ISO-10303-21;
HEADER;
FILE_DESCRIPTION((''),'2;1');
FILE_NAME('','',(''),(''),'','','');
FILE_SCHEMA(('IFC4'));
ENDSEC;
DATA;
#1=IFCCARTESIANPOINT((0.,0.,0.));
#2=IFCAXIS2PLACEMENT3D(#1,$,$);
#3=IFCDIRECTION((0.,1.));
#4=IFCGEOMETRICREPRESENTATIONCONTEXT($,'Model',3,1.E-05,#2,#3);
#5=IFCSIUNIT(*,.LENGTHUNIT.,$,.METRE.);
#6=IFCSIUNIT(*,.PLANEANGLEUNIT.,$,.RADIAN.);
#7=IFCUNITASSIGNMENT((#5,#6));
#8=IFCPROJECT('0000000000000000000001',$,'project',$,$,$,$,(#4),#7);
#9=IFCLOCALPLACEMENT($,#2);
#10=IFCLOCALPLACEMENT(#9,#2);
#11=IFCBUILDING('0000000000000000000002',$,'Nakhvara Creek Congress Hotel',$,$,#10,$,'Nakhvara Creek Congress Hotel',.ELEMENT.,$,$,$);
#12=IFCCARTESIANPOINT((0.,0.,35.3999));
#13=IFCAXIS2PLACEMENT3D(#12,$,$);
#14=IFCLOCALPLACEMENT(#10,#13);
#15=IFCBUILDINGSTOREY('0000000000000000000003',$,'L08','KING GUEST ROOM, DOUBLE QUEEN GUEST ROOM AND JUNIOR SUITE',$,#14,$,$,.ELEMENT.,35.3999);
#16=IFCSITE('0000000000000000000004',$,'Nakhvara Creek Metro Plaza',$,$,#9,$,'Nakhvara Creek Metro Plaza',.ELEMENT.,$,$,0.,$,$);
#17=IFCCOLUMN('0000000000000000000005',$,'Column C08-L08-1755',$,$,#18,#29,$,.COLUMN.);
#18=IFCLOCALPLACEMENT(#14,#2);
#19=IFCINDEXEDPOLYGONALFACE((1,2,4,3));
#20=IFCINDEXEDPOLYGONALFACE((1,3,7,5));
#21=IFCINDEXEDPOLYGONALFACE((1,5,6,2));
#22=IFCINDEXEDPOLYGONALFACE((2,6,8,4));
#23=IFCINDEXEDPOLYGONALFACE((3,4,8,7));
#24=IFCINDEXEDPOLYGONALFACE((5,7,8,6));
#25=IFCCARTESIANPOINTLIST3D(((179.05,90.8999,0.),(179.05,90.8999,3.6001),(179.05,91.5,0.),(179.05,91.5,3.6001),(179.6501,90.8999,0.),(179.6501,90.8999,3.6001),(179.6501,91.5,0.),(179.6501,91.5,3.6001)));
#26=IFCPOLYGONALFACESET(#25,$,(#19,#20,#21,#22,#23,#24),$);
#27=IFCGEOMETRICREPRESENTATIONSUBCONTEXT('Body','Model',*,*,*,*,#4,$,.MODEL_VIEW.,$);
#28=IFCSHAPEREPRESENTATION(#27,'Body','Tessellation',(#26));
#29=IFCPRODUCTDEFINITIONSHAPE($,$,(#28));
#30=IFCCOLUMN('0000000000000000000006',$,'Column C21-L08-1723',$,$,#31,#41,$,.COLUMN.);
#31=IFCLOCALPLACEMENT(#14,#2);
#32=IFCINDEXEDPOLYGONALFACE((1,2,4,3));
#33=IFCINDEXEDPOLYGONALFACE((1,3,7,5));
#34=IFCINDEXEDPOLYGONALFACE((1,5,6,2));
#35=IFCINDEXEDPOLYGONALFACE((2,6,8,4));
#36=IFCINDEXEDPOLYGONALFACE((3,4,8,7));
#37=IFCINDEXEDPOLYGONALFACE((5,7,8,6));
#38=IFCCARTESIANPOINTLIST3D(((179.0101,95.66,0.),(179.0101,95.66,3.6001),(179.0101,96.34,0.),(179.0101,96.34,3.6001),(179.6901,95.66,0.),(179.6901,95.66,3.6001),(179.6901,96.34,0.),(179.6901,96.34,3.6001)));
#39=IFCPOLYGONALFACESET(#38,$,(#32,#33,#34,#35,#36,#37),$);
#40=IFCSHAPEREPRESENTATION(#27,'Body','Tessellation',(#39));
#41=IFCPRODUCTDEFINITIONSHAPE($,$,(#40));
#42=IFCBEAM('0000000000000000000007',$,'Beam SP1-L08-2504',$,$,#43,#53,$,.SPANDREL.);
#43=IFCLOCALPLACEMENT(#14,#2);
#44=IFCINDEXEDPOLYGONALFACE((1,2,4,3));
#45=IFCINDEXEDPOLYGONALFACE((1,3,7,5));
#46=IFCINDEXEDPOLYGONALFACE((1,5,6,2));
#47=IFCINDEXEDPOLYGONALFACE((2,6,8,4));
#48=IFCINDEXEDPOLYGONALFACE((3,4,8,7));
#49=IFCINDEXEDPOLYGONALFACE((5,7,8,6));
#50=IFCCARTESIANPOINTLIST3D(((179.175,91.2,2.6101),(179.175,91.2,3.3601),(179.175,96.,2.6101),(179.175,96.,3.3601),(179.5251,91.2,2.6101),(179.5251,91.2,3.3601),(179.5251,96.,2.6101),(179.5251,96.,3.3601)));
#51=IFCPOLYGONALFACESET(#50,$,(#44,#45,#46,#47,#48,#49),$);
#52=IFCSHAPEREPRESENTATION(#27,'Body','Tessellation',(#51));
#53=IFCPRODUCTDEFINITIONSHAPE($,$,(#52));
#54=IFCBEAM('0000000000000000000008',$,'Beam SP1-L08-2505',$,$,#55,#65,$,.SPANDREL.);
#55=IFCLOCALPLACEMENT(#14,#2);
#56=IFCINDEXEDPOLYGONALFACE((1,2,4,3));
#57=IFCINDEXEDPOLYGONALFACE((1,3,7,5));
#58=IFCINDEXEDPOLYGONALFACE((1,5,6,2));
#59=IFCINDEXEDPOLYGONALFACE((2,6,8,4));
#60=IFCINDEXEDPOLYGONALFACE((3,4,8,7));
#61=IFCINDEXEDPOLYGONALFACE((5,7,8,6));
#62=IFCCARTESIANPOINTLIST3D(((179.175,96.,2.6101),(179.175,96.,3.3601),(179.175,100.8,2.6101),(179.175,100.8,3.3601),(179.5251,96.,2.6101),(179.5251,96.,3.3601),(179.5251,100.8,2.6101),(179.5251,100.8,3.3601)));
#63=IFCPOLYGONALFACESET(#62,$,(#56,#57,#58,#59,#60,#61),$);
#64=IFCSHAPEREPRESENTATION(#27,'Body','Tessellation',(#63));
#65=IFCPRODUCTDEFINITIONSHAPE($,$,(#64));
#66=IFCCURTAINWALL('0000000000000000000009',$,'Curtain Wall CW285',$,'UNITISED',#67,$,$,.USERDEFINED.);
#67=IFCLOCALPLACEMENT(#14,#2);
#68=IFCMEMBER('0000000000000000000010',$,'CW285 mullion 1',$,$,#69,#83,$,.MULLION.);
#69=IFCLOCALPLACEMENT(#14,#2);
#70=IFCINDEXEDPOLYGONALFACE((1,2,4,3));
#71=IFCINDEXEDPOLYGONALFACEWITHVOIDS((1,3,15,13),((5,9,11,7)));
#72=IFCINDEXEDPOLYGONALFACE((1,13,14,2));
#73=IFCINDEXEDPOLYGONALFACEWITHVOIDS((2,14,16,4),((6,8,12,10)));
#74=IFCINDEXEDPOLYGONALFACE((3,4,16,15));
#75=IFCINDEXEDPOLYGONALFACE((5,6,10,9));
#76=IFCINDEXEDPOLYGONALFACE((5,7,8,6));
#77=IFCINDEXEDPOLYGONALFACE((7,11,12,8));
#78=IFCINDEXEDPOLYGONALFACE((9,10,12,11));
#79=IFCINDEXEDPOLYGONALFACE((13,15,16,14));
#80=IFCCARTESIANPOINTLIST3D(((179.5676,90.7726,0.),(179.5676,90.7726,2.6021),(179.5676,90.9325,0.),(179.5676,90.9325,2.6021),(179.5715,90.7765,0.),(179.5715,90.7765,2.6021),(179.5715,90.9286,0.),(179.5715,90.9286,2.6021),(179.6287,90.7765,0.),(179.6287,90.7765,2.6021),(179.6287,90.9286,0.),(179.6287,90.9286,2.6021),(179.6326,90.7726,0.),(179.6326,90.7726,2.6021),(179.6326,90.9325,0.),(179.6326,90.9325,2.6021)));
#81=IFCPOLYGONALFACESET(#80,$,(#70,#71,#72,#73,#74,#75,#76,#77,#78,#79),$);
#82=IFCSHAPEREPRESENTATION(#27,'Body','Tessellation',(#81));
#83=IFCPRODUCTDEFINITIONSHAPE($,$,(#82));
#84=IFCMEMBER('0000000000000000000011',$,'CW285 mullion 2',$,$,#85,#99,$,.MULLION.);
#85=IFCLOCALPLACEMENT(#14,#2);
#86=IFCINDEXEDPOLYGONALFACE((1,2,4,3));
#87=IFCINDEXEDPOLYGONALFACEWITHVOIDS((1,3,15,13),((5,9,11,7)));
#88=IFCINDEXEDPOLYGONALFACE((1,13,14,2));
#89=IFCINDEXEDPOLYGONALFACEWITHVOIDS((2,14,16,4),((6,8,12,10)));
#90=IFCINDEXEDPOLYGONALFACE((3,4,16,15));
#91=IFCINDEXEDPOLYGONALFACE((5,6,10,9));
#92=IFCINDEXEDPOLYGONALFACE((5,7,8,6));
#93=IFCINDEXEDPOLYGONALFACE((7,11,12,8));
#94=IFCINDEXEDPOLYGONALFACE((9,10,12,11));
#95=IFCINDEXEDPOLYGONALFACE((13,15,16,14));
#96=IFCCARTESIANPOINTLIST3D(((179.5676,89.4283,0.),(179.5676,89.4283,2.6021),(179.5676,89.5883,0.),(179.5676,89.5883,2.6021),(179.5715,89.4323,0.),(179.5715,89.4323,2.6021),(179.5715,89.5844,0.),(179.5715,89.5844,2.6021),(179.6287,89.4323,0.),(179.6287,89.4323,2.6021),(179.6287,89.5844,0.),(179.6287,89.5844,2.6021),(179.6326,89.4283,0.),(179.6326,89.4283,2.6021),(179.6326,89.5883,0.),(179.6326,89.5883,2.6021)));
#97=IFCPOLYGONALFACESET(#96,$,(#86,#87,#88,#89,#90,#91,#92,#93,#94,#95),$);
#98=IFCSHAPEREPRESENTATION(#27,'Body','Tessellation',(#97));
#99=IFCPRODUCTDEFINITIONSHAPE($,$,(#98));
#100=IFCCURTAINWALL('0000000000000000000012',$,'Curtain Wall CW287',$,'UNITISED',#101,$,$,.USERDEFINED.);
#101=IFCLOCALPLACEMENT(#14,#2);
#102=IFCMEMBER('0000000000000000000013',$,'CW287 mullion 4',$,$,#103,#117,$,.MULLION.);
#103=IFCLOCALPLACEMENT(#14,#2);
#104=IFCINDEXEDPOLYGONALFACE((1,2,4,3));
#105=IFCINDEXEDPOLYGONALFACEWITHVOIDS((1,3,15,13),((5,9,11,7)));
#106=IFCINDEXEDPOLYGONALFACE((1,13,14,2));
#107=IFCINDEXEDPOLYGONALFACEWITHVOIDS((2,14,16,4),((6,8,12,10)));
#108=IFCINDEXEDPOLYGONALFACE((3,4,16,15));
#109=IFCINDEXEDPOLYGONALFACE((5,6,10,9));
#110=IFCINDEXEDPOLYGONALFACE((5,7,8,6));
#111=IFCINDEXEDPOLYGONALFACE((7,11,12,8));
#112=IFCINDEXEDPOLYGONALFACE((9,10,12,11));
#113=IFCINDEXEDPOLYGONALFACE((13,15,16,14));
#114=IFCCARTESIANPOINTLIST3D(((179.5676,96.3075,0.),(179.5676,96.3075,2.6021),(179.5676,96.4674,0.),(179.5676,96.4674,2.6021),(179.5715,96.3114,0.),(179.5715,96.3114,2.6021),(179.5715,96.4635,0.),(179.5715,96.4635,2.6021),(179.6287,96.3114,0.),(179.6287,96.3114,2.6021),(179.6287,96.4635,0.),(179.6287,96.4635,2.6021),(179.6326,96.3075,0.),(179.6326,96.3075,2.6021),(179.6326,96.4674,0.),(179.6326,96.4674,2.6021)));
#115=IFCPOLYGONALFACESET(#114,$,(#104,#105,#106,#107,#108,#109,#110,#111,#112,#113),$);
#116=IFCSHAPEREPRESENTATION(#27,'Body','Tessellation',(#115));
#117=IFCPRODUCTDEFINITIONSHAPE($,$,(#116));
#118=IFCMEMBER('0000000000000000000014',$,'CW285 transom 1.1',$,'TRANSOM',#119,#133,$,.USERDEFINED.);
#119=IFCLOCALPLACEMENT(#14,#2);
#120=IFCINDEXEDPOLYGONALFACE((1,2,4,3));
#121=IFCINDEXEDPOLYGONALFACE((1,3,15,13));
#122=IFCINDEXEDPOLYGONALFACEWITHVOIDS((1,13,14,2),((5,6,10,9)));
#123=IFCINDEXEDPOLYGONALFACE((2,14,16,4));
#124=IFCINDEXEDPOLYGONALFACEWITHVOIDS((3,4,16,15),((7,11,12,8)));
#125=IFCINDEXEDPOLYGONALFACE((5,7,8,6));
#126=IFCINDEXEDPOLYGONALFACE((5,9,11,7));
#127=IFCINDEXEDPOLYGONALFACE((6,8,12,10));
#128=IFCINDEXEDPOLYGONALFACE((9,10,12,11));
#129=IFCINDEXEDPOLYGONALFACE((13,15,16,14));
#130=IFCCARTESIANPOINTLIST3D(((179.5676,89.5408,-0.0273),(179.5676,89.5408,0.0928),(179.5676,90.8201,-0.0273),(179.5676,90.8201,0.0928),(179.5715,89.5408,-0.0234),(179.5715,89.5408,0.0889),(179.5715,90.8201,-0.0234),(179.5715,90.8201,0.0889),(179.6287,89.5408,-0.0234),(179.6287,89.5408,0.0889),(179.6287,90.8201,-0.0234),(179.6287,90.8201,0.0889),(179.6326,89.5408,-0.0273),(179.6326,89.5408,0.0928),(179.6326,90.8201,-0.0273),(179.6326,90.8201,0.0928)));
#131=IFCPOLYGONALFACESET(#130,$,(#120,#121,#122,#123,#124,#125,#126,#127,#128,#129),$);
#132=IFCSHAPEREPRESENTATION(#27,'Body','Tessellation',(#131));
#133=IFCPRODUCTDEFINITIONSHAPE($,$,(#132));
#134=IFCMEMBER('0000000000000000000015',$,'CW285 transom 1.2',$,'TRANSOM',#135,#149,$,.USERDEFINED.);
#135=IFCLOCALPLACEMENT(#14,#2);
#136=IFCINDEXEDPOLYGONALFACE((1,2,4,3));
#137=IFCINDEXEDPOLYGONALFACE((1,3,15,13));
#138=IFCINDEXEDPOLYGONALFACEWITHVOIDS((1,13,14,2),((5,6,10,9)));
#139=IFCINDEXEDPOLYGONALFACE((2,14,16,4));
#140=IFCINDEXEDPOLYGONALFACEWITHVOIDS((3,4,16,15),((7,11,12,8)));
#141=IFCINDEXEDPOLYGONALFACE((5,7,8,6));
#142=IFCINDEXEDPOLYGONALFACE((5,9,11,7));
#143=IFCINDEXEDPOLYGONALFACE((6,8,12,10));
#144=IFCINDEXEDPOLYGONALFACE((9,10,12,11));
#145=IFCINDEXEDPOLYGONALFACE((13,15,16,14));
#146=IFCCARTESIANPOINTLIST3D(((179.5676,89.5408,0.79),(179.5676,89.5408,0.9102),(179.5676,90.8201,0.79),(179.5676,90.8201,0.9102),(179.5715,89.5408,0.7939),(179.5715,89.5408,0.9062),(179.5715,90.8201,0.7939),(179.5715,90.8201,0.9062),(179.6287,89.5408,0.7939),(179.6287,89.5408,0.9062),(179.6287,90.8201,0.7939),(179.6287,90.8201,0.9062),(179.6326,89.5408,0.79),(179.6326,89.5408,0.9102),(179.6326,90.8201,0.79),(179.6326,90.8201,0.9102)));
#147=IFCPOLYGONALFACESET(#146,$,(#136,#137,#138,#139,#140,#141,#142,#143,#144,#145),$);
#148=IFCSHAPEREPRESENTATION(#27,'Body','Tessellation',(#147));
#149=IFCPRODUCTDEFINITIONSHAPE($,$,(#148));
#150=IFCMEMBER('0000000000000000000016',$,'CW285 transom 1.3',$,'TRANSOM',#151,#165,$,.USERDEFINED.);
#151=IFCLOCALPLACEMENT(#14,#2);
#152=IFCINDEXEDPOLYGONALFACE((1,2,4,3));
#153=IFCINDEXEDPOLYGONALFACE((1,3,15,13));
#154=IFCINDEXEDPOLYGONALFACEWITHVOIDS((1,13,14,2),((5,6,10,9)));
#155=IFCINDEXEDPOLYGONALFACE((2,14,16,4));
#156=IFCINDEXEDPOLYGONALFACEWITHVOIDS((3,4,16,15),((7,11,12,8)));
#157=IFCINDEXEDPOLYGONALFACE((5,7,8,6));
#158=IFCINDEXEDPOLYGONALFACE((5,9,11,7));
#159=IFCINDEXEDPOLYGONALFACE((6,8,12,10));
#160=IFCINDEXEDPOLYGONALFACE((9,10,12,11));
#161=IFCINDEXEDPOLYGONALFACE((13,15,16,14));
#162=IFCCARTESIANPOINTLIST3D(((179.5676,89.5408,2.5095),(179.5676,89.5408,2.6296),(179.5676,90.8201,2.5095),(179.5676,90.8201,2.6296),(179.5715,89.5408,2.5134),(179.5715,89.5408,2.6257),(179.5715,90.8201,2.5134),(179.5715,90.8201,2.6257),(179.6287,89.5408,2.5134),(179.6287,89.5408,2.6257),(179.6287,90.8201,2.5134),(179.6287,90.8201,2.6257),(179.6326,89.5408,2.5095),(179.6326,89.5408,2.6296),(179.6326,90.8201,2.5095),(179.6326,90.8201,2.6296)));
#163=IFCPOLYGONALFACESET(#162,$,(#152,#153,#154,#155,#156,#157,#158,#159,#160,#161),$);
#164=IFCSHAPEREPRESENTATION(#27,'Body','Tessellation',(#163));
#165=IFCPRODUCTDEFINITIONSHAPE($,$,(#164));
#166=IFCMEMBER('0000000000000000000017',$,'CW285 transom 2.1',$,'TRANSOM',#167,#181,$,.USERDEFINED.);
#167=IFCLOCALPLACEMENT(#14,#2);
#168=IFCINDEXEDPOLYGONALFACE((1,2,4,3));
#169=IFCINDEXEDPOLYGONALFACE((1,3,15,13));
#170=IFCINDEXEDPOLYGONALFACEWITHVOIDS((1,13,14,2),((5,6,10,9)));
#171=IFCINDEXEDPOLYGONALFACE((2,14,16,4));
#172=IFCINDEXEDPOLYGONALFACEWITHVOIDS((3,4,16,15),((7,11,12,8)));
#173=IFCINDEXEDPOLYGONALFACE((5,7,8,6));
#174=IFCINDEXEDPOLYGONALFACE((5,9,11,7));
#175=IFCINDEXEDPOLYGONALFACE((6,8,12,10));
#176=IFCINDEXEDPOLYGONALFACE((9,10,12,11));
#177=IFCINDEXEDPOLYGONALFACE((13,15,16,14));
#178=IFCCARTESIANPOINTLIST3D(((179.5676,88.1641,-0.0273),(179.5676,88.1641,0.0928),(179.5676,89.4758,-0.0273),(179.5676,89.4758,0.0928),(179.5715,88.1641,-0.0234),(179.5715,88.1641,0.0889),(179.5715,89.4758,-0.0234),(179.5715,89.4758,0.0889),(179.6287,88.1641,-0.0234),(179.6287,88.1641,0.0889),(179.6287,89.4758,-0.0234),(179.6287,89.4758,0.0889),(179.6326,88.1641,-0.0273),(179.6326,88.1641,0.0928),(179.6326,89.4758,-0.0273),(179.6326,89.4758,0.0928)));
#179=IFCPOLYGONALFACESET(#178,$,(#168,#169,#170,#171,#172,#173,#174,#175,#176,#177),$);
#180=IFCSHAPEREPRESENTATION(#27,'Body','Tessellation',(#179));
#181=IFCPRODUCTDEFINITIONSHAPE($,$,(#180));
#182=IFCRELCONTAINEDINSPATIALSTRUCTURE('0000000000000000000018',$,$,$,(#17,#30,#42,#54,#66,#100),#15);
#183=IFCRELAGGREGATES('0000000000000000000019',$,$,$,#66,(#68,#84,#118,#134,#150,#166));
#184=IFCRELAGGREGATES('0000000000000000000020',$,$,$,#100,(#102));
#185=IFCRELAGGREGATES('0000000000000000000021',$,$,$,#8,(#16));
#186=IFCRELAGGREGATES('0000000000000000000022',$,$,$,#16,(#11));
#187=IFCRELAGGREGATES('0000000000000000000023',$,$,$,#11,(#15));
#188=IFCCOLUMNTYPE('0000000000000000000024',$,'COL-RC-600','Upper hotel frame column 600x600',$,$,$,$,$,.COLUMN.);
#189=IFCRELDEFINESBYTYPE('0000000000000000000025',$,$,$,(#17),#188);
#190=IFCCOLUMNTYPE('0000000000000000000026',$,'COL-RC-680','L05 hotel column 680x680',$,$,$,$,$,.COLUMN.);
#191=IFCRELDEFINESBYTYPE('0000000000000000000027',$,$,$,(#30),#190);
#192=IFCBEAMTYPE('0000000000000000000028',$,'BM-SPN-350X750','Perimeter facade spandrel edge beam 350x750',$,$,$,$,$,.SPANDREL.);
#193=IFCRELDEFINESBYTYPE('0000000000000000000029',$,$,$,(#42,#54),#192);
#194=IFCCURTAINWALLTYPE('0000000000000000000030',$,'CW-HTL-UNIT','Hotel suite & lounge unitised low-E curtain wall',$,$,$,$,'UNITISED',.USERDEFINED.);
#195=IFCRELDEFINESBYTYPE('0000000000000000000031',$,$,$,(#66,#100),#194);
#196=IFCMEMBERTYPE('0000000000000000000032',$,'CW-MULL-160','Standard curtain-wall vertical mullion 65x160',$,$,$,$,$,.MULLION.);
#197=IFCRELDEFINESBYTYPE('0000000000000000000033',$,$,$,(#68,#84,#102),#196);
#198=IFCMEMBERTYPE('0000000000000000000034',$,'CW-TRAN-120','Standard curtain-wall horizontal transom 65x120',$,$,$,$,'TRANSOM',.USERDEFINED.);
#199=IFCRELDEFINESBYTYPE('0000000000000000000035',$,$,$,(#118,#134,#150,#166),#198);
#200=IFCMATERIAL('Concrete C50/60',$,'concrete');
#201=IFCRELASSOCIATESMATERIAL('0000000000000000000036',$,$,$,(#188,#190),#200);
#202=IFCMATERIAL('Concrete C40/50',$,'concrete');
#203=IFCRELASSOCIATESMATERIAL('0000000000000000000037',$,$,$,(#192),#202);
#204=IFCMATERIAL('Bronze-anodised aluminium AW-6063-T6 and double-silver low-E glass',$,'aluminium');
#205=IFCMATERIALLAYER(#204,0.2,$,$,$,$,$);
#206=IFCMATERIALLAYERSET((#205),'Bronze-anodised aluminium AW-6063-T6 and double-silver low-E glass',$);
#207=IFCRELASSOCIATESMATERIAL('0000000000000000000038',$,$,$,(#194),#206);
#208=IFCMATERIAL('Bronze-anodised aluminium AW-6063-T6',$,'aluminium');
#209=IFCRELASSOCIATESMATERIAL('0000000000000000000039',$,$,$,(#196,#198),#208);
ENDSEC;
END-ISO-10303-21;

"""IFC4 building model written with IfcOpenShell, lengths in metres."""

from ifc_helpers import new_model, si_unit, direction, frame, origin, origin_2d, place, context, subcontext, project, spatial, rectangle, hollow_rectangle, extrude, material, layer, layer_set, material_profile, profile_set, type_object, element, aggregate, save


model = new_model("IFC4")

# Units and contexts
model_context = context("Model", 3, precision=1e-05, world=origin(), true_north=direction((0.0, 1.0)))
body_context = subcontext(model_context, "Body", "Model", "MODEL_VIEW")
ifc_project = project(units=[si_unit("LENGTHUNIT", "METRE"), si_unit("PLANEANGLEUNIT", "RADIAN")], contexts=[model_context])

# Site, building, storey
site_placement = place(None, origin())
site = spatial("IfcSite", under=ifc_project, at=site_placement, Name="Nakhvara Creek Metro Plaza", LongName="Nakhvara Creek Metro Plaza", CompositionType="ELEMENT", RefElevation=0.0)
building_placement = place(site_placement, origin())
building = spatial("IfcBuilding", under=site, at=building_placement, Name="Nakhvara Creek Congress Hotel", LongName="Nakhvara Creek Congress Hotel", CompositionType="ELEMENT")
storey_placement = place(building_placement, frame((0.0, 0.0, 35.3999)))
storey = spatial("IfcBuildingStorey", under=building, at=storey_placement, Name="L08", Description="KING GUEST ROOM, DOUBLE QUEEN GUEST ROOM AND JUNIOR SUITE", CompositionType="ELEMENT", Elevation=35.3999)

# Columns
ifc_material_1 = material(Name="Concrete C50/60", Category="concrete")
ifc_material_profile_1 = material_profile(ifc_material_1, rectangle(XDim=0.6001, YDim=0.6001, at=origin_2d()), Name="RC-COL 600x600", Category="LoadBearing")
ifc_profile_set_1 = profile_set([ifc_material_profile_1], Name="Concrete C50/60")
column_type_1 = type_object("IfcColumnType", Name="COL-RC-600", Description="Upper hotel frame column 600x600", PredefinedType="COLUMN", material=ifc_profile_set_1)
column_1_placement = place(storey_placement, frame((179.3501, 91.2, 0.0), z_axis=(0.0, 0.0, 1.0), x_axis=(1.0, 0.0, 0.0)))
element("IfcColumn", 1, at=column_1_placement, inside=storey, type_object=column_type_1, Name="Column C08-L08-1755", PredefinedType="COLUMN", context=body_context, shape_type="SweptSolid", body=[
    extrude(rectangle(XDim=0.6001, YDim=0.6001, at=origin_2d()), origin(), (0.0, 0.0, 1.0), 3.6001),
])
ifc_material_profile_2 = material_profile(ifc_material_1, rectangle(XDim=0.6799, YDim=0.6799, at=origin_2d()), Name="RC-COL 680x680", Category="LoadBearing")
ifc_profile_set_2 = profile_set([ifc_material_profile_2], Name="Concrete C50/60")
column_type_2 = type_object("IfcColumnType", Name="COL-RC-680", Description="L05 hotel column 680x680", PredefinedType="COLUMN", material=ifc_profile_set_2)
column_2_placement = place(storey_placement, frame((179.3501, 96.0, 0.0), z_axis=(0.0, 0.0, 1.0), x_axis=(1.0, 0.0, 0.0)))
element("IfcColumn", 2, at=column_2_placement, inside=storey, type_object=column_type_2, Name="Column C21-L08-1723", PredefinedType="COLUMN", context=body_context, shape_type="SweptSolid", body=[
    extrude(rectangle(XDim=0.6799, YDim=0.6799, at=origin_2d()), origin(), (0.0, 0.0, 1.0), 3.6001),
])

# Beams
ifc_material_2 = material(Name="Concrete C40/50", Category="concrete")
ifc_material_profile_3 = material_profile(ifc_material_2, rectangle(XDim=0.3501, YDim=0.75, at=origin_2d()), Name="RC-SPANDREL 350x750", Category="LoadBearing")
ifc_profile_set_3 = profile_set([ifc_material_profile_3], Name="Concrete C40/50")
beam_type = type_object("IfcBeamType", Name="BM-SPN-350X750", Description="Perimeter facade spandrel edge beam 350x750", PredefinedType="SPANDREL", material=ifc_profile_set_3)
for number, where, z_axis, x_axis, name in (
    (3, (179.3501, 91.2, 2.9851), (0.0, 1.0, 0.0), (-1.0, 0.0, 0.0), "Beam SP1-L08-2504"),
    (4, (179.3501, 96.0, 2.9851), (0.0, 1.0, 0.0), (-1.0, 0.0, 0.0), "Beam SP1-L08-2505"),
):
    element("IfcBeam", number, at=place(storey_placement, frame(where, z_axis=z_axis, x_axis=x_axis)), inside=storey, type_object=beam_type, Name=name, PredefinedType="SPANDREL", context=body_context, shape_type="SweptSolid", body=[
        extrude(rectangle(XDim=0.3501, YDim=0.75, at=origin_2d()), origin(), (0.0, 0.0, 1.0), 4.8),
    ])

# Curtain wall, members
ifc_material_3 = material(Name="Bronze-anodised aluminium AW-6063-T6 and double-silver low-E glass", Category="aluminium")
ifc_layer_1 = layer(ifc_material_3, 0.2)
ifc_layer_set_1 = layer_set([ifc_layer_1], Name="Bronze-anodised aluminium AW-6063-T6 and double-silver low-E glass")
curtain_wall_type = type_object("IfcCurtainWallType", Name="CW-HTL-UNIT", Description="Hotel suite & lounge unitised low-E curtain wall", ElementType="UNITISED", PredefinedType="USERDEFINED", material=ifc_layer_set_1)
curtain_wall_1_placement = place(storey_placement, origin())
curtain_wall_1 = element("IfcCurtainWall", 5, at=curtain_wall_1_placement, inside=storey, type_object=curtain_wall_type, Name="Curtain Wall CW285", ObjectType="UNITISED", PredefinedType="USERDEFINED")
ifc_material_4 = material(Name="Bronze-anodised aluminium AW-6063-T6", Category="aluminium")
ifc_material_profile_4 = material_profile(ifc_material_4, hollow_rectangle(XDim=0.0649, YDim=0.1599, WallThickness=0.0039, at=origin_2d()), Name="ALU-MULL 65x160x4", Category="LoadBearing")
ifc_profile_set_4 = profile_set([ifc_material_profile_4], Name="Bronze-anodised aluminium AW-6063-T6")
member_type_1 = type_object("IfcMemberType", Name="CW-MULL-160", Description="Standard curtain-wall vertical mullion 65x160", PredefinedType="MULLION", material=ifc_profile_set_4)
member_1_placement = place(storey_placement, frame((179.6001, 90.8525, 0.0), z_axis=(0.0, 0.0, 1.0), x_axis=(1.0, 0.0, 0.0)))
member_1 = element("IfcMember", 6, at=member_1_placement, type_object=member_type_1, Name="CW285 mullion 1", PredefinedType="MULLION", context=body_context, shape_type="SweptSolid", body=[
    extrude(hollow_rectangle(XDim=0.0649, YDim=0.1599, WallThickness=0.0039, at=origin_2d()), origin(), (0.0, 0.0, 1.0), 2.6021),
])
member_2_placement = place(storey_placement, frame((179.6001, 89.5083, 0.0), z_axis=(0.0, 0.0, 1.0), x_axis=(1.0, 0.0, 0.0)))
member_2 = element("IfcMember", 7, at=member_2_placement, type_object=member_type_1, Name="CW285 mullion 2", PredefinedType="MULLION", context=body_context, shape_type="SweptSolid", body=[
    extrude(hollow_rectangle(XDim=0.0649, YDim=0.1599, WallThickness=0.0039, at=origin_2d()), origin(), (0.0, 0.0, 1.0), 2.6021),
])

# Curtain wall, member
curtain_wall_2_placement = place(storey_placement, origin())
curtain_wall_2 = element("IfcCurtainWall", 8, at=curtain_wall_2_placement, inside=storey, type_object=curtain_wall_type, Name="Curtain Wall CW287", ObjectType="UNITISED", PredefinedType="USERDEFINED")
member_3_placement = place(storey_placement, frame((179.6001, 96.3875, 0.0), z_axis=(0.0, 0.0, 1.0), x_axis=(1.0, 0.0, 0.0)))
member_3 = element("IfcMember", 9, at=member_3_placement, type_object=member_type_1, Name="CW287 mullion 4", PredefinedType="MULLION", context=body_context, shape_type="SweptSolid", body=[
    extrude(hollow_rectangle(XDim=0.0649, YDim=0.1599, WallThickness=0.0039, at=origin_2d()), origin(), (0.0, 0.0, 1.0), 2.6021),
])

# Members
ifc_material_profile_5 = material_profile(ifc_material_4, hollow_rectangle(XDim=0.0649, YDim=0.1201, WallThickness=0.0039, at=origin_2d()), Name="ALU-TRAN 65x120x4", Category="LoadBearing")
ifc_profile_set_5 = profile_set([ifc_material_profile_5], Name="Bronze-anodised aluminium AW-6063-T6")
member_type_2 = type_object("IfcMemberType", Name="CW-TRAN-120", Description="Standard curtain-wall horizontal transom 65x120", ElementType="TRANSOM", PredefinedType="USERDEFINED", material=ifc_profile_set_5)
member_4_placement = place(storey_placement, frame((179.6001, 90.8201, 0.0327), z_axis=(0.0, -1.0, 0.0), x_axis=(1.0, 0.0, 0.0)))
member_4 = element("IfcMember", 10, at=member_4_placement, type_object=member_type_2, Name="CW285 transom 1.1", ObjectType="TRANSOM", PredefinedType="USERDEFINED", context=body_context, shape_type="SweptSolid", body=[
    extrude(hollow_rectangle(XDim=0.0649, YDim=0.1201, WallThickness=0.0039, at=origin_2d()), origin(), (0.0, 0.0, 1.0), 1.2793),
])
member_5_placement = place(storey_placement, frame((179.6001, 90.8201, 0.8501), z_axis=(0.0, -1.0, 0.0), x_axis=(1.0, 0.0, 0.0)))
member_5 = element("IfcMember", 11, at=member_5_placement, type_object=member_type_2, Name="CW285 transom 1.2", ObjectType="TRANSOM", PredefinedType="USERDEFINED", context=body_context, shape_type="SweptSolid", body=[
    extrude(hollow_rectangle(XDim=0.0649, YDim=0.1201, WallThickness=0.0039, at=origin_2d()), origin(), (0.0, 0.0, 1.0), 1.2793),
])
member_6_placement = place(storey_placement, frame((179.6001, 90.8201, 2.5696), z_axis=(0.0, -1.0, 0.0), x_axis=(1.0, 0.0, 0.0)))
member_6 = element("IfcMember", 12, at=member_6_placement, type_object=member_type_2, Name="CW285 transom 1.3", ObjectType="TRANSOM", PredefinedType="USERDEFINED", context=body_context, shape_type="SweptSolid", body=[
    extrude(hollow_rectangle(XDim=0.0649, YDim=0.1201, WallThickness=0.0039, at=origin_2d()), origin(), (0.0, 0.0, 1.0), 1.2793),
])
member_7_placement = place(storey_placement, frame((179.6001, 89.4758, 0.0327), z_axis=(0.0, -1.0, 0.0), x_axis=(1.0, 0.0, 0.0)))
member_7 = element("IfcMember", 13, at=member_7_placement, type_object=member_type_2, Name="CW285 transom 2.1", ObjectType="TRANSOM", PredefinedType="USERDEFINED", context=body_context, shape_type="SweptSolid", body=[
    extrude(hollow_rectangle(XDim=0.0649, YDim=0.1201, WallThickness=0.0039, at=origin_2d()), origin(), (0.0, 0.0, 1.0), 1.3118),
])

aggregate(curtain_wall_1, [member_1, member_2, member_4, member_5, member_6, member_7])
aggregate(curtain_wall_2, [member_3])

save(model, "model.ifc")
